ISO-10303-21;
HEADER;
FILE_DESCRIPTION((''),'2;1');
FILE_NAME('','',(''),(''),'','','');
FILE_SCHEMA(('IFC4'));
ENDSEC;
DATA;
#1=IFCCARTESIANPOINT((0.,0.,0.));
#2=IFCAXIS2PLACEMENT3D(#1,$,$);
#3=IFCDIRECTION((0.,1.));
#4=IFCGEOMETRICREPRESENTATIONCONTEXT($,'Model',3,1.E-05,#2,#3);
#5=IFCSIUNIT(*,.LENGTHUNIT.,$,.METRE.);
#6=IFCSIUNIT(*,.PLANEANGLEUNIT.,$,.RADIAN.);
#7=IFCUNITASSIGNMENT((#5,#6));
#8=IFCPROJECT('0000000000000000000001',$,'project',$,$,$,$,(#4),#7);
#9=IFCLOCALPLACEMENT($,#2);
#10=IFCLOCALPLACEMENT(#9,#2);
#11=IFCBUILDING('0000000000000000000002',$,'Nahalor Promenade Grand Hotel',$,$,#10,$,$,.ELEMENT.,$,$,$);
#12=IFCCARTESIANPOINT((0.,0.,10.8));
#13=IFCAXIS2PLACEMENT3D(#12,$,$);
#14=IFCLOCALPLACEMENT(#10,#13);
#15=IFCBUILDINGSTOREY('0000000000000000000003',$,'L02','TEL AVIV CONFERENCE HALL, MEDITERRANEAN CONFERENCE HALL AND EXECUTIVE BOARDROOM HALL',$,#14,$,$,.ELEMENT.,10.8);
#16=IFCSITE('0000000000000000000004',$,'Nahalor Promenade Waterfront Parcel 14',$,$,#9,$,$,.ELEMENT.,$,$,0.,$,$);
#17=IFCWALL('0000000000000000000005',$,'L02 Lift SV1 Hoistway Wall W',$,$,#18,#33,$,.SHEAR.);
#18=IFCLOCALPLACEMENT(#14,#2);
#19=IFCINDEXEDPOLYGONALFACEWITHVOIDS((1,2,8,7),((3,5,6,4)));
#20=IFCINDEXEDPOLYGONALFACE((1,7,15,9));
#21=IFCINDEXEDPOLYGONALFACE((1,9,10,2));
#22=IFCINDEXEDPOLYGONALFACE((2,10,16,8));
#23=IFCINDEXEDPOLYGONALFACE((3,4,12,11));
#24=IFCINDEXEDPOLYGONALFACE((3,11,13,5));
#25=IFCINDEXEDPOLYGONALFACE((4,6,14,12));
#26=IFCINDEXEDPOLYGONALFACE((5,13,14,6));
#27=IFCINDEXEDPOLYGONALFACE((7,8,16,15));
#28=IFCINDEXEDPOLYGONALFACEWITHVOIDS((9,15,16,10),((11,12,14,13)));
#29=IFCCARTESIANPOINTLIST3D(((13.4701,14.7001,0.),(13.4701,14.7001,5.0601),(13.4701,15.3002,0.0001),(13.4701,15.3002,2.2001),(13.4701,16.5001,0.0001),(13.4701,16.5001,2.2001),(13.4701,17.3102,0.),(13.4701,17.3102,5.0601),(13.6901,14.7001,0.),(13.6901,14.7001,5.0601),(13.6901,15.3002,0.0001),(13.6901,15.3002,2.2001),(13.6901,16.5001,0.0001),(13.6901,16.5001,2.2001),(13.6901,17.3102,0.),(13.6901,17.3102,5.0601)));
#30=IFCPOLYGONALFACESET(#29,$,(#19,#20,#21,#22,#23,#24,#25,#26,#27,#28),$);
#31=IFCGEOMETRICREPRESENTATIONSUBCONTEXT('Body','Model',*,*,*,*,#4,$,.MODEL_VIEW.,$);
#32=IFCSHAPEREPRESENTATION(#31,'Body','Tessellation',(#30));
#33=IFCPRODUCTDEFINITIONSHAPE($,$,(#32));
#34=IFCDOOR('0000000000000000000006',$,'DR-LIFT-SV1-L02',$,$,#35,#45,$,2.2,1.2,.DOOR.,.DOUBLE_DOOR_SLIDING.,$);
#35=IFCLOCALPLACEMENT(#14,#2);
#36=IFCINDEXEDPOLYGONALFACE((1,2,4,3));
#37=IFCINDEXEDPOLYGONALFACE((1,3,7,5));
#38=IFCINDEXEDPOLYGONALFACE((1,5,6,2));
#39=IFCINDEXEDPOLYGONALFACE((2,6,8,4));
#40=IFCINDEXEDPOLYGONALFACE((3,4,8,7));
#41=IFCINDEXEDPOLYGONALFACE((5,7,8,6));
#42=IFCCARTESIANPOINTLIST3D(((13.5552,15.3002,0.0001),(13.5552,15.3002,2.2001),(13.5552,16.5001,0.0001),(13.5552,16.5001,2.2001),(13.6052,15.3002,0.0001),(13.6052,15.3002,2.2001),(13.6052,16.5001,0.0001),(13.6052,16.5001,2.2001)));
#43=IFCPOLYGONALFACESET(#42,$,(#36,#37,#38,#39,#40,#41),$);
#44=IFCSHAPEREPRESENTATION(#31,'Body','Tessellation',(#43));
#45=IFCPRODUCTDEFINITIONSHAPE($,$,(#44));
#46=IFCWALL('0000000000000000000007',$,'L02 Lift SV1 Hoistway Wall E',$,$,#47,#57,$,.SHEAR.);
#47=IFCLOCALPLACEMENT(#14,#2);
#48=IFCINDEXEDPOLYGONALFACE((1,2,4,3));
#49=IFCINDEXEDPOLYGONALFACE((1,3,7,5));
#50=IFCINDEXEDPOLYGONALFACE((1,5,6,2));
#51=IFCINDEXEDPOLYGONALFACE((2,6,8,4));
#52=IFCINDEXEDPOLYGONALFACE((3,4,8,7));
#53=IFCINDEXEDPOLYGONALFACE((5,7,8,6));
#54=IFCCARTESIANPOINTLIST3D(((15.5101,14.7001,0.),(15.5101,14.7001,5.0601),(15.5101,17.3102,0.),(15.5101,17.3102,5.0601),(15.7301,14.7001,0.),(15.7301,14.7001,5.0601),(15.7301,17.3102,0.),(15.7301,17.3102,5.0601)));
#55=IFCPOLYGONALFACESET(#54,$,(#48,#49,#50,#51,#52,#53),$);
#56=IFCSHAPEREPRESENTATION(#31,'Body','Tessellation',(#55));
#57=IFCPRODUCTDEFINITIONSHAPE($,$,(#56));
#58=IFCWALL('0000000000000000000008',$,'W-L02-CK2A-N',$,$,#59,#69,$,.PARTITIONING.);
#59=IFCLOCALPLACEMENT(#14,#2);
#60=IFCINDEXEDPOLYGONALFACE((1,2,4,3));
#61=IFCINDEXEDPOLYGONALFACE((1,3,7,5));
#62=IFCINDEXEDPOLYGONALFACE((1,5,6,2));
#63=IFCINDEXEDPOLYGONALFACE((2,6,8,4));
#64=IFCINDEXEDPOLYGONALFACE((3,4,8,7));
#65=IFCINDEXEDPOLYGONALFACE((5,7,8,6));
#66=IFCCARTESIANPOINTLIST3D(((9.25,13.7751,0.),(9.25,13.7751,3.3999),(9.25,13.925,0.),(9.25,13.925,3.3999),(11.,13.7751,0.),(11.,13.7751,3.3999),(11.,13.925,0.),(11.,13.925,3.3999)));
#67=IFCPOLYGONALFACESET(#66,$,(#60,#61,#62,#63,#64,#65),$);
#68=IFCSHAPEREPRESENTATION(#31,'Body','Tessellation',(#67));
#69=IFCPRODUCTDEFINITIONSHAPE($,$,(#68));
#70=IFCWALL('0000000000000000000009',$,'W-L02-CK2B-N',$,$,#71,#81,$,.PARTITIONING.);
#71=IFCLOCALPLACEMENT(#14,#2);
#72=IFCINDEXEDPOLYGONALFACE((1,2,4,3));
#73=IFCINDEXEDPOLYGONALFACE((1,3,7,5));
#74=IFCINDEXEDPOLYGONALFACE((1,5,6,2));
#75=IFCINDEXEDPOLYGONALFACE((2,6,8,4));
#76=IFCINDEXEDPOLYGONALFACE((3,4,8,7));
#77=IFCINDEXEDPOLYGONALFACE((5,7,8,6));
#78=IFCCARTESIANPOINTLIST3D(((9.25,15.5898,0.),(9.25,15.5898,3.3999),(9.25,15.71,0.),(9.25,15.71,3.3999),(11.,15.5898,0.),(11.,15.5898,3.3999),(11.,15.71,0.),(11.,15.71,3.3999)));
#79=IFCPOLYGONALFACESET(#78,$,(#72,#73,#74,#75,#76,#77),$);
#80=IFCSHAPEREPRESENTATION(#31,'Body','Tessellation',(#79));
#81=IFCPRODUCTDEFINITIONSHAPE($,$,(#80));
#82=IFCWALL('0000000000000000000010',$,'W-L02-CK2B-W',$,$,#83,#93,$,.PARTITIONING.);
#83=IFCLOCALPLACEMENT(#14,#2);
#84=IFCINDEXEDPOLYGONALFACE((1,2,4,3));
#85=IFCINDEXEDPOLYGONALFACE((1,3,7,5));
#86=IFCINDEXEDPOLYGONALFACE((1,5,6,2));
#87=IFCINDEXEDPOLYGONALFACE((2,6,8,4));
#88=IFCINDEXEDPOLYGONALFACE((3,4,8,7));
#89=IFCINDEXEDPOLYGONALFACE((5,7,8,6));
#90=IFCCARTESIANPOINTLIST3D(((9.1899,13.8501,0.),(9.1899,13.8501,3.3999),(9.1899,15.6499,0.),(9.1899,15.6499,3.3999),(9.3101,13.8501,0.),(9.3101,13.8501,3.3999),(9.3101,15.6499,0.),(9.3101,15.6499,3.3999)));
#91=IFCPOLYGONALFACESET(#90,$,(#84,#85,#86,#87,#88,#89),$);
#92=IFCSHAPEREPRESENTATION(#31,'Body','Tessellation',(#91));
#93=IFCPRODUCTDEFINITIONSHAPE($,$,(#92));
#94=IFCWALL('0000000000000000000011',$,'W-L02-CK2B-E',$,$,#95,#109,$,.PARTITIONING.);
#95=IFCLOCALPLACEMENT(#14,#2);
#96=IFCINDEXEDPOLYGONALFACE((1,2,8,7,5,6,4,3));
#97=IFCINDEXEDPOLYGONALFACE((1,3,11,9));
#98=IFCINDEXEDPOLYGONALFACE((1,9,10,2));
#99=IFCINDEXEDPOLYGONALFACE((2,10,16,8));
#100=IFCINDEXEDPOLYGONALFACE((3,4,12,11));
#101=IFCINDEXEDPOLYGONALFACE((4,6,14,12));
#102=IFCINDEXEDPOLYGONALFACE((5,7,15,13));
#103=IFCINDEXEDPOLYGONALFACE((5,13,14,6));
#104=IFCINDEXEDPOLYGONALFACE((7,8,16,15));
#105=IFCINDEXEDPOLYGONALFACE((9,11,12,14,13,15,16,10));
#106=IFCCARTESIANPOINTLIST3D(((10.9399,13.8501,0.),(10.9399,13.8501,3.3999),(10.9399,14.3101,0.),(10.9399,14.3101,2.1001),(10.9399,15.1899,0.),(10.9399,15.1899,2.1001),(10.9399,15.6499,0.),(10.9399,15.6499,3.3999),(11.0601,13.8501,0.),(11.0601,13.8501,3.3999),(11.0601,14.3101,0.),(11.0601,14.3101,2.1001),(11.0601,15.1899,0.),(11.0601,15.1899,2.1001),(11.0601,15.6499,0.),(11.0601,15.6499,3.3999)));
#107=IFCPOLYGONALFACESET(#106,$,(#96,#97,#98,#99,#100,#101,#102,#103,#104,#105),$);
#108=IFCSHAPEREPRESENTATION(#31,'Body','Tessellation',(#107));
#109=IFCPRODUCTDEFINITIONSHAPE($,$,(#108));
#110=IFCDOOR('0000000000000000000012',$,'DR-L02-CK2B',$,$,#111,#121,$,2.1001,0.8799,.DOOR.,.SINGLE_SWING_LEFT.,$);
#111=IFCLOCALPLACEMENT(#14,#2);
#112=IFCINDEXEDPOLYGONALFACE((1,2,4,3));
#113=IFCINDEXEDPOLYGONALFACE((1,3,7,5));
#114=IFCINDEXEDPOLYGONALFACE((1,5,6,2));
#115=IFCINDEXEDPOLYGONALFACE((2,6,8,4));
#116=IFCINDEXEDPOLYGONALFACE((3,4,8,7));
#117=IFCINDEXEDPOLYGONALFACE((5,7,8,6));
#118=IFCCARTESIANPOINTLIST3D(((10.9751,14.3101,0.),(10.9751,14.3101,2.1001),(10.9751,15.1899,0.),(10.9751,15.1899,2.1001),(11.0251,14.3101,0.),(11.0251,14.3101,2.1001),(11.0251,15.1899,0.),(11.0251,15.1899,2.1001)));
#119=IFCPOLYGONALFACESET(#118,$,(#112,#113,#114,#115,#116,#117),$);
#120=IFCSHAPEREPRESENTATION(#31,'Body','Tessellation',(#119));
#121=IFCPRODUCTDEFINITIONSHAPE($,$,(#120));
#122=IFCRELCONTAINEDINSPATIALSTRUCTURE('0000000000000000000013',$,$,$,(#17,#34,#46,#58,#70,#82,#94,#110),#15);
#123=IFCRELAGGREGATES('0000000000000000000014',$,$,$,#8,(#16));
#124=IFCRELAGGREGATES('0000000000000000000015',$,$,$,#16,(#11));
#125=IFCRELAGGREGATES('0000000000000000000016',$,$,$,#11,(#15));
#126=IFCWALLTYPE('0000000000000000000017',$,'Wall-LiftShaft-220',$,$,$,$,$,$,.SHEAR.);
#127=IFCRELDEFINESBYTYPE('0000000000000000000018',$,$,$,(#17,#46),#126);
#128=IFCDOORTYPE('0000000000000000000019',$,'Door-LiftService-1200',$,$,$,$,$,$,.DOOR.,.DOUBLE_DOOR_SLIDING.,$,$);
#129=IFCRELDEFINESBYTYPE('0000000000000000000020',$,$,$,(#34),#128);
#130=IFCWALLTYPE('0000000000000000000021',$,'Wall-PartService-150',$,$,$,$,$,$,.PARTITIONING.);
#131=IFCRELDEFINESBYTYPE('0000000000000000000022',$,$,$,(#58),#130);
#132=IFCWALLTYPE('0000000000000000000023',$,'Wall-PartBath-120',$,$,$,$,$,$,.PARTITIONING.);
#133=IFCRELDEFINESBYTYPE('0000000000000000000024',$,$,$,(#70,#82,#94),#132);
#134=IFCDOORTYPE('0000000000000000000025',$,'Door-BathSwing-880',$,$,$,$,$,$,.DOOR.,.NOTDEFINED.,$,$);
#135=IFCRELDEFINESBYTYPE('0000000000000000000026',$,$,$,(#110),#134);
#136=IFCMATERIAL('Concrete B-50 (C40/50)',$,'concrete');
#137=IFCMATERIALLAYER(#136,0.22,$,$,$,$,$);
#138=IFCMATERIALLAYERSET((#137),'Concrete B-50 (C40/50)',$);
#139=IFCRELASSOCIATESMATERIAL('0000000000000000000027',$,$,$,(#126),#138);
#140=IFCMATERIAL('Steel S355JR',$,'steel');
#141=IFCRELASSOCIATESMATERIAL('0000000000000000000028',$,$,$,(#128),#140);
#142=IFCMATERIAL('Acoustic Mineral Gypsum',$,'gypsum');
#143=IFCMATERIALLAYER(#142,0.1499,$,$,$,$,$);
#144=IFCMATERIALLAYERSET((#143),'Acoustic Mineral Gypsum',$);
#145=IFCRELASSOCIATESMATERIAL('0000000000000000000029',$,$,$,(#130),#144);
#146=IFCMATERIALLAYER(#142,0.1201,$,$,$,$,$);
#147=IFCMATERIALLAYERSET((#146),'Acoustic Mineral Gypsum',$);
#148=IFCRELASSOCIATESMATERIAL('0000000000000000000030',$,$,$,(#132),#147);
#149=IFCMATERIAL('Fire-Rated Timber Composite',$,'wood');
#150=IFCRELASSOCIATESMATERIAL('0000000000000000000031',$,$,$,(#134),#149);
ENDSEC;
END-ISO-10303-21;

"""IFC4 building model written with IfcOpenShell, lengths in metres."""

from ifc_helpers import new_model, si_unit, direction, frame, frame_2d, origin, place, context, subcontext, project, spatial, rectangle, extrude, source, transform, mapped, material, layer, layer_set, type_object, element, fill, save


model = new_model("IFC4")

# Units and contexts
model_context = context("Model", 3, precision=1e-05, world=origin(), true_north=direction((0.0, 1.0)))
body_context = subcontext(model_context, "Body", "Model", "MODEL_VIEW")
ifc_project = project(units=[si_unit("LENGTHUNIT", "METRE"), si_unit("PLANEANGLEUNIT", "RADIAN")], contexts=[model_context])

# Site, building, storey
site_placement = place(None, origin())
site = spatial("IfcSite", under=ifc_project, at=site_placement, Name="Nahalor Promenade Waterfront Parcel 14", CompositionType="ELEMENT", RefElevation=0.0)
building_placement = place(site_placement, origin())
building = spatial("IfcBuilding", under=site, at=building_placement, Name="Nahalor Promenade Grand Hotel", CompositionType="ELEMENT")
storey_placement = place(building_placement, frame((0.0, 0.0, 10.8)))
storey = spatial("IfcBuildingStorey", under=building, at=storey_placement, Name="L02", Description="TEL AVIV CONFERENCE HALL, MEDITERRANEAN CONFERENCE HALL AND EXECUTIVE BOARDROOM HALL", CompositionType="ELEMENT", Elevation=10.8)

# Shared definitions
ifc_material_1 = material(Name="Steel S355JR", Category="steel")

# Shared definitions
ifc_material_2 = material(Name="Concrete B-50 (C40/50)", Category="concrete")
ifc_layer_1 = layer(ifc_material_2, 0.22)
ifc_layer_set_1 = layer_set([ifc_layer_1], Name="Concrete B-50 (C40/50)")
wall_type_1 = type_object("IfcWallType", Name="Wall-LiftShaft-220", PredefinedType="SHEAR", material=ifc_layer_set_1)

# Wall, opening, door
shared_shape_1 = source(origin(), body_context, "Body", "SweptSolid", [
    extrude(rectangle(XDim=2.6101, YDim=0.22, at=frame_2d((1.3052, 0.0))), origin(), (0.0, 0.0, 1.0), 5.0601),
])
wall_1_placement = place(storey_placement, frame((13.5801, 14.7, 0.0), z_axis=(0.0, 0.0, 1.0), x_axis=(0.0, 1.0, 0.0)))
wall_1 = element("IfcWall", 1, at=wall_1_placement, inside=storey, type_object=wall_type_1, Name="L02 Lift SV1 Hoistway Wall W", PredefinedType="SHEAR", context=body_context, shape_type="MappedRepresentation", body=[
    mapped(shared_shape_1, transform((0.0, 0.0, 0.0), scale=1.0)),
])
opening_1_placement = place(wall_1_placement, frame((0.6001, 0.0, 0.0)))
opening_1 = element("IfcOpeningElement", 2, at=opening_1_placement, cuts=wall_1, PredefinedType="OPENING", context=body_context, shape_type="SweptSolid", body=[
    extrude(rectangle(XDim=1.2, YDim=2.2, at=frame_2d((0.6001, 1.1001))), frame((0.0, 0.1199, 0.0), z_axis=(0.0, -1.0, 0.0), x_axis=(1.0, 0.0, 0.0)), (0.0, 0.0, 1.0), 0.24),
])
door_type_1 = type_object("IfcDoorType", Name="Door-LiftService-1200", OperationType="DOUBLE_DOOR_SLIDING", PredefinedType="DOOR", material=ifc_material_1)
shared_shape_2 = source(origin(), body_context, "Body", "SweptSolid", [
    extrude(rectangle(XDim=1.2, YDim=2.2, at=frame_2d((0.6001, 1.1001))), frame((0.0, 0.0249, 0.0), z_axis=(0.0, -1.0, 0.0), x_axis=(1.0, 0.0, 0.0)), (0.0, 0.0, 1.0), 0.05),
])
door_1_placement = place(opening_1_placement, origin())
door_1 = element("IfcDoor", 3, at=door_1_placement, inside=storey, type_object=door_type_1, Name="DR-LIFT-SV1-L02", OperationType="DOUBLE_DOOR_SLIDING", OverallHeight=2.2, OverallWidth=1.2, PredefinedType="DOOR", context=body_context, shape_type="MappedRepresentation", body=[
    mapped(shared_shape_2, transform((0.0, 0.0, 0.0), scale=1.0)),
])
fill(opening_1, door_1)

# Walls
wall_2_placement = place(storey_placement, frame((15.6201, 14.7, 0.0), z_axis=(0.0, 0.0, 1.0), x_axis=(0.0, 1.0, 0.0)))
element("IfcWall", 4, at=wall_2_placement, inside=storey, type_object=wall_type_1, Name="L02 Lift SV1 Hoistway Wall E", PredefinedType="SHEAR", context=body_context, shape_type="MappedRepresentation", body=[
    mapped(shared_shape_1, transform((0.0, 0.0, 0.0), scale=1.0)),
])
ifc_material_3 = material(Name="Acoustic Mineral Gypsum", Category="gypsum")
ifc_layer_2 = layer(ifc_material_3, 0.1499)
ifc_layer_set_2 = layer_set([ifc_layer_2], Name="Acoustic Mineral Gypsum")
wall_type_2 = type_object("IfcWallType", Name="Wall-PartService-150", PredefinedType="PARTITIONING", material=ifc_layer_set_2)
shared_shape_3 = source(origin(), body_context, "Body", "SweptSolid", [
    extrude(rectangle(XDim=1.75, YDim=0.1499, at=frame_2d((0.875, 0.0))), origin(), (0.0, 0.0, 1.0), 3.3999),
])
wall_3_placement = place(storey_placement, frame((9.25, 13.8501, 0.0), z_axis=(0.0, 0.0, 1.0), x_axis=(1.0, 0.0, 0.0)))
element("IfcWall", 5, at=wall_3_placement, inside=storey, type_object=wall_type_2, Name="W-L02-CK2A-N", PredefinedType="PARTITIONING", context=body_context, shape_type="MappedRepresentation", body=[
    mapped(shared_shape_3, transform((0.0, 0.0, 0.0), scale=1.0)),
])
ifc_layer_3 = layer(ifc_material_3, 0.1201)
ifc_layer_set_3 = layer_set([ifc_layer_3], Name="Acoustic Mineral Gypsum")
wall_type_3 = type_object("IfcWallType", Name="Wall-PartBath-120", PredefinedType="PARTITIONING", material=ifc_layer_set_3)
shared_shape_4 = source(origin(), body_context, "Body", "SweptSolid", [
    extrude(rectangle(XDim=1.75, YDim=0.1201, at=frame_2d((0.875, 0.0))), origin(), (0.0, 0.0, 1.0), 3.3999),
])
wall_4_placement = place(storey_placement, frame((9.25, 15.6499, 0.0), z_axis=(0.0, 0.0, 1.0), x_axis=(1.0, 0.0, 0.0)))
element("IfcWall", 6, at=wall_4_placement, inside=storey, type_object=wall_type_3, Name="W-L02-CK2B-N", PredefinedType="PARTITIONING", context=body_context, shape_type="MappedRepresentation", body=[
    mapped(shared_shape_4, transform((0.0, 0.0, 0.0), scale=1.0)),
])
shared_shape_5 = source(origin(), body_context, "Body", "SweptSolid", [
    extrude(rectangle(XDim=1.7998, YDim=0.1201, at=frame_2d((0.8999, 0.0))), origin(), (0.0, 0.0, 1.0), 3.3999),
])
wall_5_placement = place(storey_placement, frame((9.25, 13.8501, 0.0), z_axis=(0.0, 0.0, 1.0), x_axis=(0.0, 1.0, 0.0)))
element("IfcWall", 7, at=wall_5_placement, inside=storey, type_object=wall_type_3, Name="W-L02-CK2B-W", PredefinedType="PARTITIONING", context=body_context, shape_type="MappedRepresentation", body=[
    mapped(shared_shape_5, transform((0.0, 0.0, 0.0), scale=1.0)),
])

# Wall, opening, door
wall_6_placement = place(storey_placement, frame((11.0, 13.8501, 0.0), z_axis=(0.0, 0.0, 1.0), x_axis=(0.0, 1.0, 0.0)))
wall_6 = element("IfcWall", 8, at=wall_6_placement, inside=storey, type_object=wall_type_3, Name="W-L02-CK2B-E", PredefinedType="PARTITIONING", context=body_context, shape_type="MappedRepresentation", body=[
    mapped(shared_shape_5, transform((0.0, 0.0, 0.0), scale=1.0)),
])
opening_2_placement = place(wall_6_placement, frame((0.46, 0.0, 0.0)))
opening_2 = element("IfcOpeningElement", 9, at=opening_2_placement, cuts=wall_6, PredefinedType="OPENING", context=body_context, shape_type="SweptSolid", body=[
    extrude(rectangle(XDim=0.8799, YDim=2.1001, at=frame_2d((0.4399, 1.05))), frame((0.0, 0.0701, 0.0), z_axis=(0.0, -1.0, 0.0), x_axis=(1.0, 0.0, 0.0)), (0.0, 0.0, 1.0), 0.1401),
])
ifc_material_4 = material(Name="Fire-Rated Timber Composite", Category="wood")
door_type_2 = type_object("IfcDoorType", Name="Door-BathSwing-880", OperationType="NOTDEFINED", PredefinedType="DOOR", material=ifc_material_4)
shared_shape_6 = source(origin(), body_context, "Body", "SweptSolid", [
    extrude(rectangle(XDim=0.8799, YDim=2.1001, at=frame_2d((0.4399, 1.05))), frame((0.0, 0.0249, 0.0), z_axis=(0.0, -1.0, 0.0), x_axis=(1.0, 0.0, 0.0)), (0.0, 0.0, 1.0), 0.05),
])
door_2_placement = place(opening_2_placement, origin())
door_2 = element("IfcDoor", 10, at=door_2_placement, inside=storey, type_object=door_type_2, Name="DR-L02-CK2B", OperationType="SINGLE_SWING_LEFT", OverallHeight=2.1001, OverallWidth=0.8799, PredefinedType="DOOR", context=body_context, shape_type="MappedRepresentation", body=[
    mapped(shared_shape_6, transform((0.0, 0.0, 0.0), scale=1.0)),
])
fill(opening_2, door_2)

save(model, "model.ifc")
